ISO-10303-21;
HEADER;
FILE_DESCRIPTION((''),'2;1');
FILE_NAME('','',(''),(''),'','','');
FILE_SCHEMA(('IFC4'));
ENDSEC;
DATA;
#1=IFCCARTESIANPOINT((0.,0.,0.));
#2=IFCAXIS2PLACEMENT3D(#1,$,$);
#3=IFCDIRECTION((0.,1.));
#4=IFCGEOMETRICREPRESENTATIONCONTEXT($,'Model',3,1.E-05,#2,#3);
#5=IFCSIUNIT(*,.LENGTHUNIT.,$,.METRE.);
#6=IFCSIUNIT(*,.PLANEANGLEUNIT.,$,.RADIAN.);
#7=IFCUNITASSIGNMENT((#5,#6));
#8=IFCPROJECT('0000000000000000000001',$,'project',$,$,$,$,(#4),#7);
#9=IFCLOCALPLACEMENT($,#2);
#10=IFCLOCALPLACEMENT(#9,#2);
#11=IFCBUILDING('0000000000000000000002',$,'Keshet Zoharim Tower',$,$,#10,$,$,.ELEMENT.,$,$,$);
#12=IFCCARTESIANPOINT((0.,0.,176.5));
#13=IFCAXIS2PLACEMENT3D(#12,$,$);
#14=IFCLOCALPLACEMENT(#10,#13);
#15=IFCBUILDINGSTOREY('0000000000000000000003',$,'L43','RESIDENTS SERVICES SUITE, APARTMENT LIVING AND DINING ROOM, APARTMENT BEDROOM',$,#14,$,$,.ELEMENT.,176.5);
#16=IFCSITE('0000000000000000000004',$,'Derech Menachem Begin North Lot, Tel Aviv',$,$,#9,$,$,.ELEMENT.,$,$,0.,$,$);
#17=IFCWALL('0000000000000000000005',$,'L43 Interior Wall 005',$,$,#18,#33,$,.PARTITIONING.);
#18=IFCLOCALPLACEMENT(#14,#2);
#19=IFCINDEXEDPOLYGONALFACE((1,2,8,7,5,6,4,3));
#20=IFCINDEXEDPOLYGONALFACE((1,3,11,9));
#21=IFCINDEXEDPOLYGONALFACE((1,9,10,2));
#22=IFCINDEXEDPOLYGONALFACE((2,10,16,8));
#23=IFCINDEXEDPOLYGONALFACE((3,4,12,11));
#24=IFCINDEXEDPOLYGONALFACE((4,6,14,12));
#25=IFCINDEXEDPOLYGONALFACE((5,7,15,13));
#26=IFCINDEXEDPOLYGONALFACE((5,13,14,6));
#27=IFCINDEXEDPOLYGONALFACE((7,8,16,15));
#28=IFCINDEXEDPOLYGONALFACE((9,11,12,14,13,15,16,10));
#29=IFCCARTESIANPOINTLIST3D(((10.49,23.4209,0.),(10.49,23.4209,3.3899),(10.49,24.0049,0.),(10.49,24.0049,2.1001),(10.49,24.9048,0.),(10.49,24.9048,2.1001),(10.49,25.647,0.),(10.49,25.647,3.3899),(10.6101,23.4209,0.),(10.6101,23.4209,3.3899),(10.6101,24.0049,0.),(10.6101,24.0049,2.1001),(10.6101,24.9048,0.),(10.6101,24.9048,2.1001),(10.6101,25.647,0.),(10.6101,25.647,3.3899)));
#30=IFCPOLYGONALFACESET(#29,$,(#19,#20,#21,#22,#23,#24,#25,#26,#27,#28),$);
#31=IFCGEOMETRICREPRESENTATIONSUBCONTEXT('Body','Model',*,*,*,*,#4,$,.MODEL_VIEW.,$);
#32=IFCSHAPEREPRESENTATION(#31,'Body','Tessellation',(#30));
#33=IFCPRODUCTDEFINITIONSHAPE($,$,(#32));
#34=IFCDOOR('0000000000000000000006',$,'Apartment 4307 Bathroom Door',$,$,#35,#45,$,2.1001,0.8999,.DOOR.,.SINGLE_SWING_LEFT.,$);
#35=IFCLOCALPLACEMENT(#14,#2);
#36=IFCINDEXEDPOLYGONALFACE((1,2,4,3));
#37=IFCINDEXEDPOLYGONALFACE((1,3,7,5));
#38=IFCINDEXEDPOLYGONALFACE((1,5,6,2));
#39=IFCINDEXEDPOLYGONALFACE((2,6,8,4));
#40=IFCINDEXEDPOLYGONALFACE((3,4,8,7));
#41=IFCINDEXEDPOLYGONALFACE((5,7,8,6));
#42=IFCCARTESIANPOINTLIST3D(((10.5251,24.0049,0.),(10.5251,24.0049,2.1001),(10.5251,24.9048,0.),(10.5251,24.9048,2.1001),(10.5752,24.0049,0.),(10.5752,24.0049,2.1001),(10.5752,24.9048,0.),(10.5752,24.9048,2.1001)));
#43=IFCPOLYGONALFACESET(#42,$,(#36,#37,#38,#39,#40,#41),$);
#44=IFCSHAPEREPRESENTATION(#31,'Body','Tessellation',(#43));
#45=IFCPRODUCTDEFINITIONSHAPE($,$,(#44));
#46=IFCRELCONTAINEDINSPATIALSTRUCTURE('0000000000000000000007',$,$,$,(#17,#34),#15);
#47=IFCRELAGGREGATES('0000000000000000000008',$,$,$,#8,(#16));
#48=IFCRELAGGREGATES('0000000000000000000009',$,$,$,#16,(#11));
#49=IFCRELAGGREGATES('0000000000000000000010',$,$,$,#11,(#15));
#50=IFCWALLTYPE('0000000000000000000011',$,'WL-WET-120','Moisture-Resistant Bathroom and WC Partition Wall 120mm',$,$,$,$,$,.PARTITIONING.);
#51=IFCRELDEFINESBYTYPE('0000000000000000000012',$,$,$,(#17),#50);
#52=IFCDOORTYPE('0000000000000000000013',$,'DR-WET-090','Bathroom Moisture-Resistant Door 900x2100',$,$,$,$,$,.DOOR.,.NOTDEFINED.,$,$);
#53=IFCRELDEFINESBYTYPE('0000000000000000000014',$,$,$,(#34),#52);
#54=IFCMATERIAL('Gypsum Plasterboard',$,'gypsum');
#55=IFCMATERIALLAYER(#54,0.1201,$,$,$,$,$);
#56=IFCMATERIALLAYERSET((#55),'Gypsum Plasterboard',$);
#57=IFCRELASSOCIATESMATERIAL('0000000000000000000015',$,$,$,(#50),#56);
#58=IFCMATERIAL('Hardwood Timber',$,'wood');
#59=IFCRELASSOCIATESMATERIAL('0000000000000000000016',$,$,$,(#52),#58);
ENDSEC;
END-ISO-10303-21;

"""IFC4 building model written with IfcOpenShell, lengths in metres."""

from ifc_helpers import new_model, si_unit, direction, frame, frame_2d, origin, place, context, subcontext, project, spatial, rectangle, extrude, material, layer, layer_set, type_object, element, fill, save


model = new_model("IFC4")

# Units and contexts
model_context = context("Model", 3, precision=1e-05, world=origin(), true_north=direction((0.0, 1.0)))
body_context = subcontext(model_context, "Body", "Model", "MODEL_VIEW")
ifc_project = project(units=[si_unit("LENGTHUNIT", "METRE"), si_unit("PLANEANGLEUNIT", "RADIAN")], contexts=[model_context])

# Site, building, storey
site_placement = place(None, origin())
site = spatial("IfcSite", under=ifc_project, at=site_placement, Name="Derech Menachem Begin North Lot, Tel Aviv", CompositionType="ELEMENT", RefElevation=0.0)
building_placement = place(site_placement, origin())
building = spatial("IfcBuilding", under=site, at=building_placement, Name="Keshet Zoharim Tower", CompositionType="ELEMENT")
storey_placement = place(building_placement, frame((0.0, 0.0, 176.5)))
storey = spatial("IfcBuildingStorey", under=building, at=storey_placement, Name="L43", Description="RESIDENTS SERVICES SUITE, APARTMENT LIVING AND DINING ROOM, APARTMENT BEDROOM", CompositionType="ELEMENT", Elevation=176.5)

# Shared definitions
ifc_material_1 = material(Name="Gypsum Plasterboard", Category="gypsum")

# Shared definitions
ifc_material_2 = material(Name="Hardwood Timber", Category="wood")

# Wall, opening, door
ifc_layer_1 = layer(ifc_material_1, 0.1201)
ifc_layer_set_1 = layer_set([ifc_layer_1], Name="Gypsum Plasterboard")
wall_type_1 = type_object("IfcWallType", Name="WL-WET-120", Description="Moisture-Resistant Bathroom and WC Partition Wall 120mm", PredefinedType="PARTITIONING", material=ifc_layer_set_1)
wall_1_placement = place(storey_placement, frame((10.55, 23.4209, 0.0), z_axis=(0.0, 0.0, 1.0), x_axis=(0.0, 1.0, 0.0)))
wall_1 = element("IfcWall", 1, at=wall_1_placement, inside=storey, type_object=wall_type_1, Name="L43 Interior Wall 005", PredefinedType="PARTITIONING", context=body_context, shape_type="SweptSolid", body=[
    extrude(rectangle(XDim=2.2261, YDim=0.1201, at=frame_2d((1.113, 0.0))), origin(), (0.0, 0.0, 1.0), 3.3899),
])
opening_1_placement = place(wall_1_placement, frame((0.584, 0.0, 0.0)))
opening_1 = element("IfcOpeningElement", 2, at=opening_1_placement, cuts=wall_1, PredefinedType="OPENING", context=body_context, shape_type="SweptSolid", body=[
    extrude(rectangle(XDim=0.8999, YDim=2.1001, at=frame_2d((0.45, 1.05))), frame((0.0, 0.0701, 0.0), z_axis=(0.0, -1.0, 0.0), x_axis=(1.0, 0.0, 0.0)), (0.0, 0.0, 1.0), 0.1401),
])
door_type_1 = type_object("IfcDoorType", Name="DR-WET-090", Description="Bathroom Moisture-Resistant Door 900x2100", OperationType="NOTDEFINED", PredefinedType="DOOR", material=ifc_material_2)
door_1_placement = place(opening_1_placement, origin())
door_1 = element("IfcDoor", 3, at=door_1_placement, inside=storey, type_object=door_type_1, Name="Apartment 4307 Bathroom Door", OperationType="SINGLE_SWING_LEFT", OverallHeight=2.1001, OverallWidth=0.8999, PredefinedType="DOOR", context=body_context, shape_type="SweptSolid", body=[
    extrude(rectangle(XDim=0.8999, YDim=2.1001, at=frame_2d((0.45, 1.05))), frame((0.0, 0.0249, 0.0), z_axis=(0.0, -1.0, 0.0), x_axis=(1.0, 0.0, 0.0)), (0.0, 0.0, 1.0), 0.05),
])
fill(opening_1, door_1)

save(model, "model.ifc")
